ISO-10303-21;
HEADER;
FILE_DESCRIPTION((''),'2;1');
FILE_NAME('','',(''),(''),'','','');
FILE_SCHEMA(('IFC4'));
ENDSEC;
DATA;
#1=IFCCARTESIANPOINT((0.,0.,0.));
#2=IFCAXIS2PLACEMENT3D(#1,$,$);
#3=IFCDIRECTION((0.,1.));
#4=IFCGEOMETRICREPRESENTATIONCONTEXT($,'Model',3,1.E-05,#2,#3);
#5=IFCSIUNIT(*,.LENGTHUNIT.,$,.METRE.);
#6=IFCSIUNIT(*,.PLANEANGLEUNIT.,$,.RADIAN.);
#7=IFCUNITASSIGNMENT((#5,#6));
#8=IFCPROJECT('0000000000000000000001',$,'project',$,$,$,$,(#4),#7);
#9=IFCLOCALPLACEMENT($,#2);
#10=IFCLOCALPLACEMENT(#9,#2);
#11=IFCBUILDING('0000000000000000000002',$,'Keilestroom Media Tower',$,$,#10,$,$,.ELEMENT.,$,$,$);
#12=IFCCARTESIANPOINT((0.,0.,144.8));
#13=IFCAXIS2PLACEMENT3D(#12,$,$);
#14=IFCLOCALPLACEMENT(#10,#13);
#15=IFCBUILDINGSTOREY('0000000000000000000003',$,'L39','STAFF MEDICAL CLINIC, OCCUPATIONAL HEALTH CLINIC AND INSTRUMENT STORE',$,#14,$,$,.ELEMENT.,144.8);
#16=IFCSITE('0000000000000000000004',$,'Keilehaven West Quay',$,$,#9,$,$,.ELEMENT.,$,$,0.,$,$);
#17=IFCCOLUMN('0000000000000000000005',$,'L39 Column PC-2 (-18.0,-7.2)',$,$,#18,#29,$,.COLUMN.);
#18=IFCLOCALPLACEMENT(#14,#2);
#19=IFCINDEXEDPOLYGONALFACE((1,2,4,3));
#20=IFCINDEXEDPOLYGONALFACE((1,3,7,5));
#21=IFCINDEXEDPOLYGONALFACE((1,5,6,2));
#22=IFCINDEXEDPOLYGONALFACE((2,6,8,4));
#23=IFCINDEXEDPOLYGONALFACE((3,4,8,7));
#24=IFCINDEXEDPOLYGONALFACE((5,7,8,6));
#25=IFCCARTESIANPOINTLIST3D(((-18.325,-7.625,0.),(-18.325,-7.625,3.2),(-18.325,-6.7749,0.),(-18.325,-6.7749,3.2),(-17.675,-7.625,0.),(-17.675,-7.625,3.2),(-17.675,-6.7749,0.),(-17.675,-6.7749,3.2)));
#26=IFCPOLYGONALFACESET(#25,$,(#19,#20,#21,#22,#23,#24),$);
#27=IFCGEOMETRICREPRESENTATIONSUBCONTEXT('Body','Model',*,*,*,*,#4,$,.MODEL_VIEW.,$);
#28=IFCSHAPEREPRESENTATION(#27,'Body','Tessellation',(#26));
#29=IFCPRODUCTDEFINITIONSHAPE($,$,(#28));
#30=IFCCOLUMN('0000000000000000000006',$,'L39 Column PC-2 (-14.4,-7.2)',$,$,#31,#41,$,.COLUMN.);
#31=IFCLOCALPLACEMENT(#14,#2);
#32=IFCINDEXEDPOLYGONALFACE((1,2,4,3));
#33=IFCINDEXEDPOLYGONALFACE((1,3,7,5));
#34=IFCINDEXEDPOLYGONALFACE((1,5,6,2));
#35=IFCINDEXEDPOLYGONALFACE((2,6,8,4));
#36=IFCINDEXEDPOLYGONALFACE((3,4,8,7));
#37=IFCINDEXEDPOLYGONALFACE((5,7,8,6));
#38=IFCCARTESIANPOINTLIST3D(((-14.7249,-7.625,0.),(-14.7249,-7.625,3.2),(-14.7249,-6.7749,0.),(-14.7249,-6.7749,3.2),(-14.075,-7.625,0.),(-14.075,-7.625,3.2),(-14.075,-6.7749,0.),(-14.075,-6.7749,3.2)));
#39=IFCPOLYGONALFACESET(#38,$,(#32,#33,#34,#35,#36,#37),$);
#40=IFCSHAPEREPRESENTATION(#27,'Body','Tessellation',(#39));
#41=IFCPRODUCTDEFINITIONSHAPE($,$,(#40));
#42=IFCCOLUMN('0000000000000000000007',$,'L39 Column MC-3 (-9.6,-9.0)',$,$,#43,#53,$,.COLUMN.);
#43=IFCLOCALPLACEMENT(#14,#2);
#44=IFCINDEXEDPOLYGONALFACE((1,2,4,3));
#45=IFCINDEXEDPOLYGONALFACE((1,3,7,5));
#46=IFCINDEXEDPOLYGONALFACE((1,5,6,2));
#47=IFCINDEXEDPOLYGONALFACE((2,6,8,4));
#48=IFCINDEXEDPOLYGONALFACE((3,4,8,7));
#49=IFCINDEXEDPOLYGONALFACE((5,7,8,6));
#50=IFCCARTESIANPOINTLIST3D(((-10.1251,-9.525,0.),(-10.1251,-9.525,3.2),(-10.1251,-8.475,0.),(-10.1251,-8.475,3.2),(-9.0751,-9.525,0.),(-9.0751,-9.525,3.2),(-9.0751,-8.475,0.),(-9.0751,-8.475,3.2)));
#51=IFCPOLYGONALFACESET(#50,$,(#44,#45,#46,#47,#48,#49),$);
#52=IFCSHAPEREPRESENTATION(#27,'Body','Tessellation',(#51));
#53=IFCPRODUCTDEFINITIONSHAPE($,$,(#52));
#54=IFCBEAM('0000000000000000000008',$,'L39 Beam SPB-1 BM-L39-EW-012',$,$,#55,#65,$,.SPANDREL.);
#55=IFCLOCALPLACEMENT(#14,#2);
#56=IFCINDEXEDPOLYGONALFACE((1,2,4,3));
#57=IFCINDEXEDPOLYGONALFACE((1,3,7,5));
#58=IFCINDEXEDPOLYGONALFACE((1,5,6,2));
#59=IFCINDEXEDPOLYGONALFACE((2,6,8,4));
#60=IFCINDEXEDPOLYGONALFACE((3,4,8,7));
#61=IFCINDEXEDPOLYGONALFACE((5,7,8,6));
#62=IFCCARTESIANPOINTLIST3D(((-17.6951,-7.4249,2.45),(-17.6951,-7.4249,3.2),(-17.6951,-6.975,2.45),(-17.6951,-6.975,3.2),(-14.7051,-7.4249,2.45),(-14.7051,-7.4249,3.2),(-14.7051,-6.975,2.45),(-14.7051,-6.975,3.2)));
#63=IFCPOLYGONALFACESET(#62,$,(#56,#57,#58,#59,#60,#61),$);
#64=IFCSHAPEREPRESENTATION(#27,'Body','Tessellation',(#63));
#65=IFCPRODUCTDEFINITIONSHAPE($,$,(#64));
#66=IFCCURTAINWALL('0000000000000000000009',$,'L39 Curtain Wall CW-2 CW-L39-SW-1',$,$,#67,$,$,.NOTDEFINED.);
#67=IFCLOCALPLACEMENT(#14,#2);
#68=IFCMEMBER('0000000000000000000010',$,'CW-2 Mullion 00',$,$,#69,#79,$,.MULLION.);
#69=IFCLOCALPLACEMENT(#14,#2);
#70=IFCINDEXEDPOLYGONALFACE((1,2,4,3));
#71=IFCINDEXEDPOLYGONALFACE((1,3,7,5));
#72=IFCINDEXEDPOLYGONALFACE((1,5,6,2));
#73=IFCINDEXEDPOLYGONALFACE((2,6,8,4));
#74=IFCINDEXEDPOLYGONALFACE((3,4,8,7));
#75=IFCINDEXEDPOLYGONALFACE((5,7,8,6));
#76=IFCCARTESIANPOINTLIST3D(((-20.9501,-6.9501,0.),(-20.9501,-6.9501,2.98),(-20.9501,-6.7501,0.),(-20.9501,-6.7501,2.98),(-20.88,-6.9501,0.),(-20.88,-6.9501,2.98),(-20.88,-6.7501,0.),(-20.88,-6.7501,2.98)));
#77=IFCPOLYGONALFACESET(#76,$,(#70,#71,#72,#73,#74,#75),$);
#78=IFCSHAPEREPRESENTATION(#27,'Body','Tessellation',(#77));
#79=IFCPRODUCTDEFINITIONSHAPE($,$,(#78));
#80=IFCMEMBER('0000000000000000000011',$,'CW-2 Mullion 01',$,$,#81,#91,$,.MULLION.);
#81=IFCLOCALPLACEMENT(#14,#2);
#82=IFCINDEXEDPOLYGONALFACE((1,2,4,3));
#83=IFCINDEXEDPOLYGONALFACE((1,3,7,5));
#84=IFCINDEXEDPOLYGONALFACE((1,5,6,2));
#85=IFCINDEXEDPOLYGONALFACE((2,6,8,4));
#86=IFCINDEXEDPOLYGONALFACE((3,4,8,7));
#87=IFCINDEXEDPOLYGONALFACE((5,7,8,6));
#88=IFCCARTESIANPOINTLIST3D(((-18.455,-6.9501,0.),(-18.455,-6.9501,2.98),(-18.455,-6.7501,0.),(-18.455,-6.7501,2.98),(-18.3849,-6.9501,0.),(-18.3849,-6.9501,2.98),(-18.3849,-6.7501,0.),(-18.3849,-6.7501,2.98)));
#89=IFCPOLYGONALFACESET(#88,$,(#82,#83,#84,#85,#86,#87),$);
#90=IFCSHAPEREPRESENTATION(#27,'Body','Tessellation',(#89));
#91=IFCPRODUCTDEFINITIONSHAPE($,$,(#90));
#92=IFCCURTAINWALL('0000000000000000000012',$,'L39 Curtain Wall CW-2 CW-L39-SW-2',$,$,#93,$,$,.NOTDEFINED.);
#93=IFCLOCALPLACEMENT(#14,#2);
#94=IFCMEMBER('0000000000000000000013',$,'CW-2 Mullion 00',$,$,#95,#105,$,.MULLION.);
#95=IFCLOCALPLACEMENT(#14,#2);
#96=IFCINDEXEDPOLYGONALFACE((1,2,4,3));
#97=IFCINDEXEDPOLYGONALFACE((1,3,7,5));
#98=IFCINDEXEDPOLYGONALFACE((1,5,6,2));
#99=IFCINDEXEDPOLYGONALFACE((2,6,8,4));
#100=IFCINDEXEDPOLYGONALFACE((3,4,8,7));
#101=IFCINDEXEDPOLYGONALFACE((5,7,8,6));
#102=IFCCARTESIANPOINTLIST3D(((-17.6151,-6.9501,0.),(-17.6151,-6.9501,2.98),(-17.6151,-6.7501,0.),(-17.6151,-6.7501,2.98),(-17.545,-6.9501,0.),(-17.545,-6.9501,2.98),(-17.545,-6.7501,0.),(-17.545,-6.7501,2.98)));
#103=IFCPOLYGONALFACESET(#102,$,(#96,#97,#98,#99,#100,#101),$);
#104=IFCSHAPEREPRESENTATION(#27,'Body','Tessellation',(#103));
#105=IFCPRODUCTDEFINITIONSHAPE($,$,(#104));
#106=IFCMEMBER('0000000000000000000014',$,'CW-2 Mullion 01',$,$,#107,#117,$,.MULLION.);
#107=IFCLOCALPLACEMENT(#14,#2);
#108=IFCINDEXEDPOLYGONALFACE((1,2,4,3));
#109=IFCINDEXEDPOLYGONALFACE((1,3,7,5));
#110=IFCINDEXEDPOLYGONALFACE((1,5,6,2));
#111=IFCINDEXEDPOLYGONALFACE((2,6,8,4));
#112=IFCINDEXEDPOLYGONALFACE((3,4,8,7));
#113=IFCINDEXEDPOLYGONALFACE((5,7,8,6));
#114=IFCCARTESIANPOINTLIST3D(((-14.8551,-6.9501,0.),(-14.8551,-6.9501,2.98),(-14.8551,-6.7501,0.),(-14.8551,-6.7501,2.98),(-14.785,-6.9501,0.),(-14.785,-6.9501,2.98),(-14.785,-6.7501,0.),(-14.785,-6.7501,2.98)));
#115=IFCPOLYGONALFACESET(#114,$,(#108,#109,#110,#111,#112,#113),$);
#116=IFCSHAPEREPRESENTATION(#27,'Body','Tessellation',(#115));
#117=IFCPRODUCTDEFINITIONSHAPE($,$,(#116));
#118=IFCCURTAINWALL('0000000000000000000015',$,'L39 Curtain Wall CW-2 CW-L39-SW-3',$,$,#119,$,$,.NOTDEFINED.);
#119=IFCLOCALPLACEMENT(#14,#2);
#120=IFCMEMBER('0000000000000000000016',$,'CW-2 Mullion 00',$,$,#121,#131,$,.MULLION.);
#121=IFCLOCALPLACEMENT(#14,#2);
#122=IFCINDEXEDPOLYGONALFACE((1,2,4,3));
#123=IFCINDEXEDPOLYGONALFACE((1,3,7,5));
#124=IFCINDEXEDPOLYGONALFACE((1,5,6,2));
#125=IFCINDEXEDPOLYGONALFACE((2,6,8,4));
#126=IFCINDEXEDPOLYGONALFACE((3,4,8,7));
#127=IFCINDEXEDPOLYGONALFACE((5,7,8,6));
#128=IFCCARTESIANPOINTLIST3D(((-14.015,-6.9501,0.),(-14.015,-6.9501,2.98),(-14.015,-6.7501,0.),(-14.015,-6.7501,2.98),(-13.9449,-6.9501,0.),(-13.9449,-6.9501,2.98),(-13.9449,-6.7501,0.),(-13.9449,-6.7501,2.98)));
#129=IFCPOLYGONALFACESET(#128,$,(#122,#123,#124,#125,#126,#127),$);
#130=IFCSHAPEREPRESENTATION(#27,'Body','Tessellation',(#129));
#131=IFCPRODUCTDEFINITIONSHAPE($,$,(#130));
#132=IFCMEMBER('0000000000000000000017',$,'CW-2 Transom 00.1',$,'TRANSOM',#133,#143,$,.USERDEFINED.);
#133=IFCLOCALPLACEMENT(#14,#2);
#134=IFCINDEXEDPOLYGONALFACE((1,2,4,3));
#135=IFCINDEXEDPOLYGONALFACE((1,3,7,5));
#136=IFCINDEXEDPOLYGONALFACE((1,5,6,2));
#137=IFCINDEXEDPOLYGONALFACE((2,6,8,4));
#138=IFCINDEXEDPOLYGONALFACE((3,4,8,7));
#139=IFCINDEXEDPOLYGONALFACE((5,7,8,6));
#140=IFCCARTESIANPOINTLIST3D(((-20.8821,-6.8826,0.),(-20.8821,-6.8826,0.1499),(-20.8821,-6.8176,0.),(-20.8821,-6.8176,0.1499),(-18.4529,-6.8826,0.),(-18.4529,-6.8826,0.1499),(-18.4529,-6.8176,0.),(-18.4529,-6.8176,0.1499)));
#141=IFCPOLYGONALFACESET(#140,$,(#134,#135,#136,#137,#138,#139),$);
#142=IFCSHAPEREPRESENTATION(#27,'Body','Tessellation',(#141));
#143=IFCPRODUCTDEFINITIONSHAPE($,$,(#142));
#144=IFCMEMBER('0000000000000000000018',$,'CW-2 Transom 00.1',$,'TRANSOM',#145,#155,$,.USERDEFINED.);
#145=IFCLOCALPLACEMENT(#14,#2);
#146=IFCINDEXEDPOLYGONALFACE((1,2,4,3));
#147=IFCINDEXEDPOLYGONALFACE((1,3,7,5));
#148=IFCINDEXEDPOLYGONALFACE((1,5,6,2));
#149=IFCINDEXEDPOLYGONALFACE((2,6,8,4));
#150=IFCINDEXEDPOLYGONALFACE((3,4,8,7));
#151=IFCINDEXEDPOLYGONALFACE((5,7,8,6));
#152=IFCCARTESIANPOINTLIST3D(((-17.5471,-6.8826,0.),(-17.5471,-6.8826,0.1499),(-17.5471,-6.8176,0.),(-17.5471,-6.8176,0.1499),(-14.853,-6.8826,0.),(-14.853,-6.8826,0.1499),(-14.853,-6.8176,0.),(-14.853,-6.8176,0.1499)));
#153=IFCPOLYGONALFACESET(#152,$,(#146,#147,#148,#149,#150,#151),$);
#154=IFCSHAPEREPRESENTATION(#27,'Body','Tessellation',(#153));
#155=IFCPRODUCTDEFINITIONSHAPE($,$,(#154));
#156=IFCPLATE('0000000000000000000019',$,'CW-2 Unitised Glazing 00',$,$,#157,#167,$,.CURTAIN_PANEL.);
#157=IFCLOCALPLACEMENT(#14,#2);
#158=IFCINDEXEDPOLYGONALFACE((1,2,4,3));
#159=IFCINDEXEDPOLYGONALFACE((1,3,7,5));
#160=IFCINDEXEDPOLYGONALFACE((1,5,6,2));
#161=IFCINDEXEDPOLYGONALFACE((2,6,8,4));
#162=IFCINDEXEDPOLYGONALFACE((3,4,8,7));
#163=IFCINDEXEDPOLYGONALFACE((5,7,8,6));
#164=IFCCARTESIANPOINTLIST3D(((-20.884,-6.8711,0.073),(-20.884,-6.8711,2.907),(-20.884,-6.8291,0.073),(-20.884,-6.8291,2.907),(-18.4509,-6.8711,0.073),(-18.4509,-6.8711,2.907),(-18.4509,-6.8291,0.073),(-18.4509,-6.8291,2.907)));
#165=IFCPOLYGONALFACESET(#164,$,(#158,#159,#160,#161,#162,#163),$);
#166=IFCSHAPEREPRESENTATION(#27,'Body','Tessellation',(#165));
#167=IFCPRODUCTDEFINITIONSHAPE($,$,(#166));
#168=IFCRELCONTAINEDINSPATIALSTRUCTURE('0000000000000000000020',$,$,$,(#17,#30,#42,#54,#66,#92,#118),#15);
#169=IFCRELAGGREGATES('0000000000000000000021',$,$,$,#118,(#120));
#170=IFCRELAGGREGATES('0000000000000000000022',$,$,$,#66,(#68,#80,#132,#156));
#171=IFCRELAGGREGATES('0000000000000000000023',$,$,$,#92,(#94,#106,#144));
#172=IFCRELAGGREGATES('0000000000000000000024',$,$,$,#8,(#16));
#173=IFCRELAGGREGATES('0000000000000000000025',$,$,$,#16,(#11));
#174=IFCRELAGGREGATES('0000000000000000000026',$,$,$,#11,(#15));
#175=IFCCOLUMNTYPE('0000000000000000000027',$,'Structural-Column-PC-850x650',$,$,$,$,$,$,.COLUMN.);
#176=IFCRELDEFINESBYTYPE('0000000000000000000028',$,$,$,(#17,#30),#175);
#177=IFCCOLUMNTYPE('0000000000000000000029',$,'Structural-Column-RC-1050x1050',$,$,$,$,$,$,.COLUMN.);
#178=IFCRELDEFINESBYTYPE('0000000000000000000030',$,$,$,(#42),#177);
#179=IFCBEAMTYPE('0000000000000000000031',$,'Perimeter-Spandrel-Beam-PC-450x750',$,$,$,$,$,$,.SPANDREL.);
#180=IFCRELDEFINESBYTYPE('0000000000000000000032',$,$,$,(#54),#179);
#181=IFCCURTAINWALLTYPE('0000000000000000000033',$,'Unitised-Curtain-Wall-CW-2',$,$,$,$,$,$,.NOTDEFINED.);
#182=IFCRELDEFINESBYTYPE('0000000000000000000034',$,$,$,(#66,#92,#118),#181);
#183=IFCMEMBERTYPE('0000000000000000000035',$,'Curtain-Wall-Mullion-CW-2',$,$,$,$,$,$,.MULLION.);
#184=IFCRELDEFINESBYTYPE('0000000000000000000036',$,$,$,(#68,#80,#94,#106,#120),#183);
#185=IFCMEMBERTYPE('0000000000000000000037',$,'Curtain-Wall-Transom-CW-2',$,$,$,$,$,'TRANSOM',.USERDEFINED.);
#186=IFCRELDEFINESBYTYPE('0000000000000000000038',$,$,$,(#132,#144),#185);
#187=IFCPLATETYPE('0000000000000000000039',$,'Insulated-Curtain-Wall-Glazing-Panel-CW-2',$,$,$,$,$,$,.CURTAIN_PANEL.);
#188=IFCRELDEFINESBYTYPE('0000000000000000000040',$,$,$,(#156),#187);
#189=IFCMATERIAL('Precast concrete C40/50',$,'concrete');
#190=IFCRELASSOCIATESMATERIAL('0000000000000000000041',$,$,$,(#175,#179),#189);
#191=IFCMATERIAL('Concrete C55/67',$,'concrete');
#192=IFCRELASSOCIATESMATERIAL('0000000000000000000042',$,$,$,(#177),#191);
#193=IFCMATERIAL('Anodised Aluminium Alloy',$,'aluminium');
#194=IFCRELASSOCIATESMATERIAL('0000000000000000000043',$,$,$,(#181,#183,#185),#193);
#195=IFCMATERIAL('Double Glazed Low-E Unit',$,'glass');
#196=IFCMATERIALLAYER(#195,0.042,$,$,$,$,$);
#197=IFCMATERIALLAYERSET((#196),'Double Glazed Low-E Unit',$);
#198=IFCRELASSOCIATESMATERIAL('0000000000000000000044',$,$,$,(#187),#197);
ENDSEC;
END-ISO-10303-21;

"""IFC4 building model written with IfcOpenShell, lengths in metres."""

from ifc_helpers import new_model, si_unit, direction, frame, origin, origin_2d, place, context, subcontext, project, spatial, rectangle, extrude, source, transform, mapped, material, layer, layer_set, material_profile, profile_set, type_object, element, aggregate, save


model = new_model("IFC4")

# Units and contexts
model_context = context("Model", 3, precision=1e-05, world=origin(), true_north=direction((0.0, 1.0)))
body_context = subcontext(model_context, "Body", "Model", "MODEL_VIEW")
ifc_project = project(units=[si_unit("LENGTHUNIT", "METRE"), si_unit("PLANEANGLEUNIT", "RADIAN")], contexts=[model_context])

# Site, building, storey
site_placement = place(None, origin())
site = spatial("IfcSite", under=ifc_project, at=site_placement, Name="Keilehaven West Quay", CompositionType="ELEMENT", RefElevation=0.0)
building_placement = place(site_placement, origin())
building = spatial("IfcBuilding", under=site, at=building_placement, Name="Keilestroom Media Tower", CompositionType="ELEMENT")
storey_placement = place(building_placement, frame((0.0, 0.0, 144.8)))
storey = spatial("IfcBuildingStorey", under=building, at=storey_placement, Name="L39", Description="STAFF MEDICAL CLINIC, OCCUPATIONAL HEALTH CLINIC AND INSTRUMENT STORE", CompositionType="ELEMENT", Elevation=144.8)

# Columns
ifc_material_1 = material(Name="Precast concrete C40/50", Category="concrete")
ifc_material_profile_1 = material_profile(ifc_material_1, rectangle(XDim=0.6499, YDim=0.8501, at=origin_2d()), Name="PC 850x650")
ifc_profile_set_1 = profile_set([ifc_material_profile_1], Name="Precast concrete C40/50")
column_type_1 = type_object("IfcColumnType", Name="Structural-Column-PC-850x650", PredefinedType="COLUMN", material=ifc_profile_set_1)
shared_shape_1 = source(origin(), body_context, "Body", "SweptSolid", [
    extrude(rectangle(XDim=0.6499, YDim=0.8501, at=origin_2d()), origin(), (0.0, 0.0, 1.0), 3.2),
])
for number, where, z_axis, x_axis, name in (
    (1, (-18.0, -7.2, 0.0), (0.0, 0.0, 1.0), (1.0, 0.0, 0.0), "L39 Column PC-2 (-18.0,-7.2)"),
    (2, (-14.3999, -7.2, 0.0), (0.0, 0.0, 1.0), (1.0, 0.0, 0.0), "L39 Column PC-2 (-14.4,-7.2)"),
):
    element("IfcColumn", number, at=place(storey_placement, frame(where, z_axis=z_axis, x_axis=x_axis)), inside=storey, type_object=column_type_1, Name=name, PredefinedType="COLUMN", context=body_context, shape_type="MappedRepresentation", body=[
        mapped(shared_shape_1, transform((0.0, 0.0, 0.0), x_axis=(1.0, 0.0, 0.0), y_axis=(0.0, 1.0, 0.0), z_axis=(0.0, 0.0, 1.0), scale=1.0)),
    ])
ifc_material_2 = material(Name="Concrete C55/67", Category="concrete")
ifc_material_profile_2 = material_profile(ifc_material_2, rectangle(XDim=1.05, YDim=1.05, at=origin_2d()), Name="RC 1050x1050")
ifc_profile_set_2 = profile_set([ifc_material_profile_2], Name="Concrete C55/67")
column_type_2 = type_object("IfcColumnType", Name="Structural-Column-RC-1050x1050", PredefinedType="COLUMN", material=ifc_profile_set_2)
shared_shape_2 = source(origin(), body_context, "Body", "SweptSolid", [
    extrude(rectangle(XDim=1.05, YDim=1.05, at=origin_2d()), origin(), (0.0, 0.0, 1.0), 3.2),
])
column_placement = place(storey_placement, frame((-9.6001, -9.0, 0.0), z_axis=(0.0, 0.0, 1.0), x_axis=(1.0, 0.0, 0.0)))
element("IfcColumn", 3, at=column_placement, inside=storey, type_object=column_type_2, Name="L39 Column MC-3 (-9.6,-9.0)", PredefinedType="COLUMN", context=body_context, shape_type="MappedRepresentation", body=[
    mapped(shared_shape_2, transform((0.0, 0.0, 0.0), x_axis=(1.0, 0.0, 0.0), y_axis=(0.0, 1.0, 0.0), z_axis=(0.0, 0.0, 1.0), scale=1.0)),
])

# Beam
ifc_material_profile_3 = material_profile(ifc_material_1, rectangle(XDim=0.45, YDim=0.75, at=origin_2d()), Name="PC 450x750")
ifc_profile_set_3 = profile_set([ifc_material_profile_3], Name="Precast concrete C40/50")
beam_type = type_object("IfcBeamType", Name="Perimeter-Spandrel-Beam-PC-450x750", PredefinedType="SPANDREL", material=ifc_profile_set_3)
shared_shape_3 = source(origin(), body_context, "Body", "SweptSolid", [
    extrude(rectangle(XDim=0.45, YDim=0.75, at=origin_2d()), origin(), (0.0, 0.0, 1.0), 2.99),
])
beam_placement = place(storey_placement, frame((-17.6951, -7.2, 2.825), z_axis=(1.0, 0.0, 0.0), x_axis=(0.0, 1.0, 0.0)))
element("IfcBeam", 4, at=beam_placement, inside=storey, type_object=beam_type, Name="L39 Beam SPB-1 BM-L39-EW-012", PredefinedType="SPANDREL", context=body_context, shape_type="MappedRepresentation", body=[
    mapped(shared_shape_3, transform((0.0, 0.0, 0.0), x_axis=(1.0, 0.0, 0.0), y_axis=(0.0, 1.0, 0.0), z_axis=(0.0, 0.0, 1.0), scale=1.0)),
])

# Curtain walls, members
ifc_material_3 = material(Name="Anodised Aluminium Alloy", Category="aluminium")
curtain_wall_type = type_object("IfcCurtainWallType", Name="Unitised-Curtain-Wall-CW-2", PredefinedType="NOTDEFINED", material=ifc_material_3)
curtain_wall_1_placement = place(storey_placement, origin())
curtain_wall_1 = element("IfcCurtainWall", 5, at=curtain_wall_1_placement, inside=storey, type_object=curtain_wall_type, Name="L39 Curtain Wall CW-2 CW-L39-SW-1", PredefinedType="NOTDEFINED")
ifc_material_profile_4 = material_profile(ifc_material_3, rectangle(XDim=0.0701, YDim=0.2, at=origin_2d()), Name="ALU MULLION 70x200")
ifc_profile_set_4 = profile_set([ifc_material_profile_4], Name="Anodised Aluminium Alloy")
member_type_1 = type_object("IfcMemberType", Name="Curtain-Wall-Mullion-CW-2", PredefinedType="MULLION", material=ifc_profile_set_4)
shared_shape_4 = source(origin(), body_context, "Body", "SweptSolid", [
    extrude(rectangle(XDim=0.0701, YDim=0.2, at=origin_2d()), origin(), (0.0, 0.0, 1.0), 2.98),
])
member_1_placement = place(storey_placement, frame((-20.915, -6.8501, 0.0), z_axis=(0.0, 0.0, 1.0), x_axis=(1.0, 0.0, 0.0)))
member_1 = element("IfcMember", 6, at=member_1_placement, type_object=member_type_1, Name="CW-2 Mullion 00", PredefinedType="MULLION", context=body_context, shape_type="MappedRepresentation", body=[
    mapped(shared_shape_4, transform((0.0, 0.0, 0.0), x_axis=(1.0, 0.0, 0.0), y_axis=(0.0, 1.0, 0.0), z_axis=(0.0, 0.0, 1.0), scale=1.0)),
])
member_2_placement = place(storey_placement, frame((-18.4199, -6.8501, 0.0), z_axis=(0.0, 0.0, 1.0), x_axis=(1.0, 0.0, 0.0)))
member_2 = element("IfcMember", 7, at=member_2_placement, type_object=member_type_1, Name="CW-2 Mullion 01", PredefinedType="MULLION", context=body_context, shape_type="MappedRepresentation", body=[
    mapped(shared_shape_4, transform((0.0, 0.0, 0.0), x_axis=(1.0, 0.0, 0.0), y_axis=(0.0, 1.0, 0.0), z_axis=(0.0, 0.0, 1.0), scale=1.0)),
])
curtain_wall_2_placement = place(storey_placement, origin())
curtain_wall_2 = element("IfcCurtainWall", 8, at=curtain_wall_2_placement, inside=storey, type_object=curtain_wall_type, Name="L39 Curtain Wall CW-2 CW-L39-SW-2", PredefinedType="NOTDEFINED")
member_3_placement = place(storey_placement, frame((-17.5801, -6.8501, 0.0), z_axis=(0.0, 0.0, 1.0), x_axis=(1.0, 0.0, 0.0)))
member_3 = element("IfcMember", 9, at=member_3_placement, type_object=member_type_1, Name="CW-2 Mullion 00", PredefinedType="MULLION", context=body_context, shape_type="MappedRepresentation", body=[
    mapped(shared_shape_4, transform((0.0, 0.0, 0.0), x_axis=(1.0, 0.0, 0.0), y_axis=(0.0, 1.0, 0.0), z_axis=(0.0, 0.0, 1.0), scale=1.0)),
])
member_4_placement = place(storey_placement, frame((-14.8201, -6.8501, 0.0), z_axis=(0.0, 0.0, 1.0), x_axis=(1.0, 0.0, 0.0)))
member_4 = element("IfcMember", 10, at=member_4_placement, type_object=member_type_1, Name="CW-2 Mullion 01", PredefinedType="MULLION", context=body_context, shape_type="MappedRepresentation", body=[
    mapped(shared_shape_4, transform((0.0, 0.0, 0.0), x_axis=(1.0, 0.0, 0.0), y_axis=(0.0, 1.0, 0.0), z_axis=(0.0, 0.0, 1.0), scale=1.0)),
])

# Curtain wall, member
curtain_wall_3_placement = place(storey_placement, origin())
curtain_wall_3 = element("IfcCurtainWall", 11, at=curtain_wall_3_placement, inside=storey, type_object=curtain_wall_type, Name="L39 Curtain Wall CW-2 CW-L39-SW-3", PredefinedType="NOTDEFINED")
member_5_placement = place(storey_placement, frame((-13.98, -6.8501, 0.0), z_axis=(0.0, 0.0, 1.0), x_axis=(1.0, 0.0, 0.0)))
member_5 = element("IfcMember", 12, at=member_5_placement, type_object=member_type_1, Name="CW-2 Mullion 00", PredefinedType="MULLION", context=body_context, shape_type="MappedRepresentation", body=[
    mapped(shared_shape_4, transform((0.0, 0.0, 0.0), x_axis=(1.0, 0.0, 0.0), y_axis=(0.0, 1.0, 0.0), z_axis=(0.0, 0.0, 1.0), scale=1.0)),
])
aggregate(curtain_wall_3, [member_5])

# Members
ifc_material_profile_5 = material_profile(ifc_material_3, rectangle(XDim=0.0649, YDim=0.1499, at=origin_2d()), Name="ALU TRANSOM 65x150")
ifc_profile_set_5 = profile_set([ifc_material_profile_5], Name="Anodised Aluminium Alloy")
member_type_2 = type_object("IfcMemberType", Name="Curtain-Wall-Transom-CW-2", ElementType="TRANSOM", PredefinedType="USERDEFINED", material=ifc_profile_set_5)
shared_shape_5 = source(origin(), body_context, "Body", "SweptSolid", [
    extrude(rectangle(XDim=0.0649, YDim=0.1499, at=origin_2d()), origin(), (0.0, 0.0, 1.0), 2.4292),
])
member_6_placement = place(storey_placement, frame((-20.8821, -6.8501, 0.075), z_axis=(1.0, 0.0, 0.0), x_axis=(0.0, 1.0, 0.0)))
member_6 = element("IfcMember", 13, at=member_6_placement, type_object=member_type_2, Name="CW-2 Transom 00.1", ObjectType="TRANSOM", PredefinedType="USERDEFINED", context=body_context, shape_type="MappedRepresentation", body=[
    mapped(shared_shape_5, transform((0.0, 0.0, 0.0), x_axis=(1.0, 0.0, 0.0), y_axis=(0.0, 1.0, 0.0), z_axis=(0.0, 0.0, 1.0), scale=1.0)),
])
shared_shape_6 = source(origin(), body_context, "Body", "SweptSolid", [
    extrude(rectangle(XDim=0.0649, YDim=0.1499, at=origin_2d()), origin(), (0.0, 0.0, 1.0), 2.6941),
])
member_7_placement = place(storey_placement, frame((-17.5471, -6.8501, 0.075), z_axis=(1.0, 0.0, 0.0), x_axis=(0.0, 1.0, 0.0)))
member_7 = element("IfcMember", 14, at=member_7_placement, type_object=member_type_2, Name="CW-2 Transom 00.1", ObjectType="TRANSOM", PredefinedType="USERDEFINED", context=body_context, shape_type="MappedRepresentation", body=[
    mapped(shared_shape_6, transform((0.0, 0.0, 0.0), x_axis=(1.0, 0.0, 0.0), y_axis=(0.0, 1.0, 0.0), z_axis=(0.0, 0.0, 1.0), scale=1.0)),
])

# Plate
ifc_material_4 = material(Name="Double Glazed Low-E Unit", Category="glass")
ifc_layer_1 = layer(ifc_material_4, 0.042)
ifc_layer_set_1 = layer_set([ifc_layer_1], Name="Double Glazed Low-E Unit")
plate_type = type_object("IfcPlateType", Name="Insulated-Curtain-Wall-Glazing-Panel-CW-2", PredefinedType="CURTAIN_PANEL", material=ifc_layer_set_1)
shared_shape_7 = source(origin(), body_context, "Body", "SweptSolid", [
    extrude(rectangle(XDim=2.4331, YDim=0.042, at=origin_2d()), origin(), (0.0, 0.0, 1.0), 2.834),
])
plate_1_placement = place(storey_placement, frame((-19.6675, -6.8501, 0.073), z_axis=(0.0, 0.0, 1.0), x_axis=(1.0, 0.0, 0.0)))
plate_1 = element("IfcPlate", 15, at=plate_1_placement, type_object=plate_type, Name="CW-2 Unitised Glazing 00", PredefinedType="CURTAIN_PANEL", context=body_context, shape_type="MappedRepresentation", body=[
    mapped(shared_shape_7, transform((0.0, 0.0, 0.0), x_axis=(1.0, 0.0, 0.0), y_axis=(0.0, 1.0, 0.0), z_axis=(0.0, 0.0, 1.0), scale=1.0)),
])
aggregate(curtain_wall_1, [member_1, member_2, member_6, plate_1])
aggregate(curtain_wall_2, [member_3, member_4, member_7])

save(model, "model.ifc")
